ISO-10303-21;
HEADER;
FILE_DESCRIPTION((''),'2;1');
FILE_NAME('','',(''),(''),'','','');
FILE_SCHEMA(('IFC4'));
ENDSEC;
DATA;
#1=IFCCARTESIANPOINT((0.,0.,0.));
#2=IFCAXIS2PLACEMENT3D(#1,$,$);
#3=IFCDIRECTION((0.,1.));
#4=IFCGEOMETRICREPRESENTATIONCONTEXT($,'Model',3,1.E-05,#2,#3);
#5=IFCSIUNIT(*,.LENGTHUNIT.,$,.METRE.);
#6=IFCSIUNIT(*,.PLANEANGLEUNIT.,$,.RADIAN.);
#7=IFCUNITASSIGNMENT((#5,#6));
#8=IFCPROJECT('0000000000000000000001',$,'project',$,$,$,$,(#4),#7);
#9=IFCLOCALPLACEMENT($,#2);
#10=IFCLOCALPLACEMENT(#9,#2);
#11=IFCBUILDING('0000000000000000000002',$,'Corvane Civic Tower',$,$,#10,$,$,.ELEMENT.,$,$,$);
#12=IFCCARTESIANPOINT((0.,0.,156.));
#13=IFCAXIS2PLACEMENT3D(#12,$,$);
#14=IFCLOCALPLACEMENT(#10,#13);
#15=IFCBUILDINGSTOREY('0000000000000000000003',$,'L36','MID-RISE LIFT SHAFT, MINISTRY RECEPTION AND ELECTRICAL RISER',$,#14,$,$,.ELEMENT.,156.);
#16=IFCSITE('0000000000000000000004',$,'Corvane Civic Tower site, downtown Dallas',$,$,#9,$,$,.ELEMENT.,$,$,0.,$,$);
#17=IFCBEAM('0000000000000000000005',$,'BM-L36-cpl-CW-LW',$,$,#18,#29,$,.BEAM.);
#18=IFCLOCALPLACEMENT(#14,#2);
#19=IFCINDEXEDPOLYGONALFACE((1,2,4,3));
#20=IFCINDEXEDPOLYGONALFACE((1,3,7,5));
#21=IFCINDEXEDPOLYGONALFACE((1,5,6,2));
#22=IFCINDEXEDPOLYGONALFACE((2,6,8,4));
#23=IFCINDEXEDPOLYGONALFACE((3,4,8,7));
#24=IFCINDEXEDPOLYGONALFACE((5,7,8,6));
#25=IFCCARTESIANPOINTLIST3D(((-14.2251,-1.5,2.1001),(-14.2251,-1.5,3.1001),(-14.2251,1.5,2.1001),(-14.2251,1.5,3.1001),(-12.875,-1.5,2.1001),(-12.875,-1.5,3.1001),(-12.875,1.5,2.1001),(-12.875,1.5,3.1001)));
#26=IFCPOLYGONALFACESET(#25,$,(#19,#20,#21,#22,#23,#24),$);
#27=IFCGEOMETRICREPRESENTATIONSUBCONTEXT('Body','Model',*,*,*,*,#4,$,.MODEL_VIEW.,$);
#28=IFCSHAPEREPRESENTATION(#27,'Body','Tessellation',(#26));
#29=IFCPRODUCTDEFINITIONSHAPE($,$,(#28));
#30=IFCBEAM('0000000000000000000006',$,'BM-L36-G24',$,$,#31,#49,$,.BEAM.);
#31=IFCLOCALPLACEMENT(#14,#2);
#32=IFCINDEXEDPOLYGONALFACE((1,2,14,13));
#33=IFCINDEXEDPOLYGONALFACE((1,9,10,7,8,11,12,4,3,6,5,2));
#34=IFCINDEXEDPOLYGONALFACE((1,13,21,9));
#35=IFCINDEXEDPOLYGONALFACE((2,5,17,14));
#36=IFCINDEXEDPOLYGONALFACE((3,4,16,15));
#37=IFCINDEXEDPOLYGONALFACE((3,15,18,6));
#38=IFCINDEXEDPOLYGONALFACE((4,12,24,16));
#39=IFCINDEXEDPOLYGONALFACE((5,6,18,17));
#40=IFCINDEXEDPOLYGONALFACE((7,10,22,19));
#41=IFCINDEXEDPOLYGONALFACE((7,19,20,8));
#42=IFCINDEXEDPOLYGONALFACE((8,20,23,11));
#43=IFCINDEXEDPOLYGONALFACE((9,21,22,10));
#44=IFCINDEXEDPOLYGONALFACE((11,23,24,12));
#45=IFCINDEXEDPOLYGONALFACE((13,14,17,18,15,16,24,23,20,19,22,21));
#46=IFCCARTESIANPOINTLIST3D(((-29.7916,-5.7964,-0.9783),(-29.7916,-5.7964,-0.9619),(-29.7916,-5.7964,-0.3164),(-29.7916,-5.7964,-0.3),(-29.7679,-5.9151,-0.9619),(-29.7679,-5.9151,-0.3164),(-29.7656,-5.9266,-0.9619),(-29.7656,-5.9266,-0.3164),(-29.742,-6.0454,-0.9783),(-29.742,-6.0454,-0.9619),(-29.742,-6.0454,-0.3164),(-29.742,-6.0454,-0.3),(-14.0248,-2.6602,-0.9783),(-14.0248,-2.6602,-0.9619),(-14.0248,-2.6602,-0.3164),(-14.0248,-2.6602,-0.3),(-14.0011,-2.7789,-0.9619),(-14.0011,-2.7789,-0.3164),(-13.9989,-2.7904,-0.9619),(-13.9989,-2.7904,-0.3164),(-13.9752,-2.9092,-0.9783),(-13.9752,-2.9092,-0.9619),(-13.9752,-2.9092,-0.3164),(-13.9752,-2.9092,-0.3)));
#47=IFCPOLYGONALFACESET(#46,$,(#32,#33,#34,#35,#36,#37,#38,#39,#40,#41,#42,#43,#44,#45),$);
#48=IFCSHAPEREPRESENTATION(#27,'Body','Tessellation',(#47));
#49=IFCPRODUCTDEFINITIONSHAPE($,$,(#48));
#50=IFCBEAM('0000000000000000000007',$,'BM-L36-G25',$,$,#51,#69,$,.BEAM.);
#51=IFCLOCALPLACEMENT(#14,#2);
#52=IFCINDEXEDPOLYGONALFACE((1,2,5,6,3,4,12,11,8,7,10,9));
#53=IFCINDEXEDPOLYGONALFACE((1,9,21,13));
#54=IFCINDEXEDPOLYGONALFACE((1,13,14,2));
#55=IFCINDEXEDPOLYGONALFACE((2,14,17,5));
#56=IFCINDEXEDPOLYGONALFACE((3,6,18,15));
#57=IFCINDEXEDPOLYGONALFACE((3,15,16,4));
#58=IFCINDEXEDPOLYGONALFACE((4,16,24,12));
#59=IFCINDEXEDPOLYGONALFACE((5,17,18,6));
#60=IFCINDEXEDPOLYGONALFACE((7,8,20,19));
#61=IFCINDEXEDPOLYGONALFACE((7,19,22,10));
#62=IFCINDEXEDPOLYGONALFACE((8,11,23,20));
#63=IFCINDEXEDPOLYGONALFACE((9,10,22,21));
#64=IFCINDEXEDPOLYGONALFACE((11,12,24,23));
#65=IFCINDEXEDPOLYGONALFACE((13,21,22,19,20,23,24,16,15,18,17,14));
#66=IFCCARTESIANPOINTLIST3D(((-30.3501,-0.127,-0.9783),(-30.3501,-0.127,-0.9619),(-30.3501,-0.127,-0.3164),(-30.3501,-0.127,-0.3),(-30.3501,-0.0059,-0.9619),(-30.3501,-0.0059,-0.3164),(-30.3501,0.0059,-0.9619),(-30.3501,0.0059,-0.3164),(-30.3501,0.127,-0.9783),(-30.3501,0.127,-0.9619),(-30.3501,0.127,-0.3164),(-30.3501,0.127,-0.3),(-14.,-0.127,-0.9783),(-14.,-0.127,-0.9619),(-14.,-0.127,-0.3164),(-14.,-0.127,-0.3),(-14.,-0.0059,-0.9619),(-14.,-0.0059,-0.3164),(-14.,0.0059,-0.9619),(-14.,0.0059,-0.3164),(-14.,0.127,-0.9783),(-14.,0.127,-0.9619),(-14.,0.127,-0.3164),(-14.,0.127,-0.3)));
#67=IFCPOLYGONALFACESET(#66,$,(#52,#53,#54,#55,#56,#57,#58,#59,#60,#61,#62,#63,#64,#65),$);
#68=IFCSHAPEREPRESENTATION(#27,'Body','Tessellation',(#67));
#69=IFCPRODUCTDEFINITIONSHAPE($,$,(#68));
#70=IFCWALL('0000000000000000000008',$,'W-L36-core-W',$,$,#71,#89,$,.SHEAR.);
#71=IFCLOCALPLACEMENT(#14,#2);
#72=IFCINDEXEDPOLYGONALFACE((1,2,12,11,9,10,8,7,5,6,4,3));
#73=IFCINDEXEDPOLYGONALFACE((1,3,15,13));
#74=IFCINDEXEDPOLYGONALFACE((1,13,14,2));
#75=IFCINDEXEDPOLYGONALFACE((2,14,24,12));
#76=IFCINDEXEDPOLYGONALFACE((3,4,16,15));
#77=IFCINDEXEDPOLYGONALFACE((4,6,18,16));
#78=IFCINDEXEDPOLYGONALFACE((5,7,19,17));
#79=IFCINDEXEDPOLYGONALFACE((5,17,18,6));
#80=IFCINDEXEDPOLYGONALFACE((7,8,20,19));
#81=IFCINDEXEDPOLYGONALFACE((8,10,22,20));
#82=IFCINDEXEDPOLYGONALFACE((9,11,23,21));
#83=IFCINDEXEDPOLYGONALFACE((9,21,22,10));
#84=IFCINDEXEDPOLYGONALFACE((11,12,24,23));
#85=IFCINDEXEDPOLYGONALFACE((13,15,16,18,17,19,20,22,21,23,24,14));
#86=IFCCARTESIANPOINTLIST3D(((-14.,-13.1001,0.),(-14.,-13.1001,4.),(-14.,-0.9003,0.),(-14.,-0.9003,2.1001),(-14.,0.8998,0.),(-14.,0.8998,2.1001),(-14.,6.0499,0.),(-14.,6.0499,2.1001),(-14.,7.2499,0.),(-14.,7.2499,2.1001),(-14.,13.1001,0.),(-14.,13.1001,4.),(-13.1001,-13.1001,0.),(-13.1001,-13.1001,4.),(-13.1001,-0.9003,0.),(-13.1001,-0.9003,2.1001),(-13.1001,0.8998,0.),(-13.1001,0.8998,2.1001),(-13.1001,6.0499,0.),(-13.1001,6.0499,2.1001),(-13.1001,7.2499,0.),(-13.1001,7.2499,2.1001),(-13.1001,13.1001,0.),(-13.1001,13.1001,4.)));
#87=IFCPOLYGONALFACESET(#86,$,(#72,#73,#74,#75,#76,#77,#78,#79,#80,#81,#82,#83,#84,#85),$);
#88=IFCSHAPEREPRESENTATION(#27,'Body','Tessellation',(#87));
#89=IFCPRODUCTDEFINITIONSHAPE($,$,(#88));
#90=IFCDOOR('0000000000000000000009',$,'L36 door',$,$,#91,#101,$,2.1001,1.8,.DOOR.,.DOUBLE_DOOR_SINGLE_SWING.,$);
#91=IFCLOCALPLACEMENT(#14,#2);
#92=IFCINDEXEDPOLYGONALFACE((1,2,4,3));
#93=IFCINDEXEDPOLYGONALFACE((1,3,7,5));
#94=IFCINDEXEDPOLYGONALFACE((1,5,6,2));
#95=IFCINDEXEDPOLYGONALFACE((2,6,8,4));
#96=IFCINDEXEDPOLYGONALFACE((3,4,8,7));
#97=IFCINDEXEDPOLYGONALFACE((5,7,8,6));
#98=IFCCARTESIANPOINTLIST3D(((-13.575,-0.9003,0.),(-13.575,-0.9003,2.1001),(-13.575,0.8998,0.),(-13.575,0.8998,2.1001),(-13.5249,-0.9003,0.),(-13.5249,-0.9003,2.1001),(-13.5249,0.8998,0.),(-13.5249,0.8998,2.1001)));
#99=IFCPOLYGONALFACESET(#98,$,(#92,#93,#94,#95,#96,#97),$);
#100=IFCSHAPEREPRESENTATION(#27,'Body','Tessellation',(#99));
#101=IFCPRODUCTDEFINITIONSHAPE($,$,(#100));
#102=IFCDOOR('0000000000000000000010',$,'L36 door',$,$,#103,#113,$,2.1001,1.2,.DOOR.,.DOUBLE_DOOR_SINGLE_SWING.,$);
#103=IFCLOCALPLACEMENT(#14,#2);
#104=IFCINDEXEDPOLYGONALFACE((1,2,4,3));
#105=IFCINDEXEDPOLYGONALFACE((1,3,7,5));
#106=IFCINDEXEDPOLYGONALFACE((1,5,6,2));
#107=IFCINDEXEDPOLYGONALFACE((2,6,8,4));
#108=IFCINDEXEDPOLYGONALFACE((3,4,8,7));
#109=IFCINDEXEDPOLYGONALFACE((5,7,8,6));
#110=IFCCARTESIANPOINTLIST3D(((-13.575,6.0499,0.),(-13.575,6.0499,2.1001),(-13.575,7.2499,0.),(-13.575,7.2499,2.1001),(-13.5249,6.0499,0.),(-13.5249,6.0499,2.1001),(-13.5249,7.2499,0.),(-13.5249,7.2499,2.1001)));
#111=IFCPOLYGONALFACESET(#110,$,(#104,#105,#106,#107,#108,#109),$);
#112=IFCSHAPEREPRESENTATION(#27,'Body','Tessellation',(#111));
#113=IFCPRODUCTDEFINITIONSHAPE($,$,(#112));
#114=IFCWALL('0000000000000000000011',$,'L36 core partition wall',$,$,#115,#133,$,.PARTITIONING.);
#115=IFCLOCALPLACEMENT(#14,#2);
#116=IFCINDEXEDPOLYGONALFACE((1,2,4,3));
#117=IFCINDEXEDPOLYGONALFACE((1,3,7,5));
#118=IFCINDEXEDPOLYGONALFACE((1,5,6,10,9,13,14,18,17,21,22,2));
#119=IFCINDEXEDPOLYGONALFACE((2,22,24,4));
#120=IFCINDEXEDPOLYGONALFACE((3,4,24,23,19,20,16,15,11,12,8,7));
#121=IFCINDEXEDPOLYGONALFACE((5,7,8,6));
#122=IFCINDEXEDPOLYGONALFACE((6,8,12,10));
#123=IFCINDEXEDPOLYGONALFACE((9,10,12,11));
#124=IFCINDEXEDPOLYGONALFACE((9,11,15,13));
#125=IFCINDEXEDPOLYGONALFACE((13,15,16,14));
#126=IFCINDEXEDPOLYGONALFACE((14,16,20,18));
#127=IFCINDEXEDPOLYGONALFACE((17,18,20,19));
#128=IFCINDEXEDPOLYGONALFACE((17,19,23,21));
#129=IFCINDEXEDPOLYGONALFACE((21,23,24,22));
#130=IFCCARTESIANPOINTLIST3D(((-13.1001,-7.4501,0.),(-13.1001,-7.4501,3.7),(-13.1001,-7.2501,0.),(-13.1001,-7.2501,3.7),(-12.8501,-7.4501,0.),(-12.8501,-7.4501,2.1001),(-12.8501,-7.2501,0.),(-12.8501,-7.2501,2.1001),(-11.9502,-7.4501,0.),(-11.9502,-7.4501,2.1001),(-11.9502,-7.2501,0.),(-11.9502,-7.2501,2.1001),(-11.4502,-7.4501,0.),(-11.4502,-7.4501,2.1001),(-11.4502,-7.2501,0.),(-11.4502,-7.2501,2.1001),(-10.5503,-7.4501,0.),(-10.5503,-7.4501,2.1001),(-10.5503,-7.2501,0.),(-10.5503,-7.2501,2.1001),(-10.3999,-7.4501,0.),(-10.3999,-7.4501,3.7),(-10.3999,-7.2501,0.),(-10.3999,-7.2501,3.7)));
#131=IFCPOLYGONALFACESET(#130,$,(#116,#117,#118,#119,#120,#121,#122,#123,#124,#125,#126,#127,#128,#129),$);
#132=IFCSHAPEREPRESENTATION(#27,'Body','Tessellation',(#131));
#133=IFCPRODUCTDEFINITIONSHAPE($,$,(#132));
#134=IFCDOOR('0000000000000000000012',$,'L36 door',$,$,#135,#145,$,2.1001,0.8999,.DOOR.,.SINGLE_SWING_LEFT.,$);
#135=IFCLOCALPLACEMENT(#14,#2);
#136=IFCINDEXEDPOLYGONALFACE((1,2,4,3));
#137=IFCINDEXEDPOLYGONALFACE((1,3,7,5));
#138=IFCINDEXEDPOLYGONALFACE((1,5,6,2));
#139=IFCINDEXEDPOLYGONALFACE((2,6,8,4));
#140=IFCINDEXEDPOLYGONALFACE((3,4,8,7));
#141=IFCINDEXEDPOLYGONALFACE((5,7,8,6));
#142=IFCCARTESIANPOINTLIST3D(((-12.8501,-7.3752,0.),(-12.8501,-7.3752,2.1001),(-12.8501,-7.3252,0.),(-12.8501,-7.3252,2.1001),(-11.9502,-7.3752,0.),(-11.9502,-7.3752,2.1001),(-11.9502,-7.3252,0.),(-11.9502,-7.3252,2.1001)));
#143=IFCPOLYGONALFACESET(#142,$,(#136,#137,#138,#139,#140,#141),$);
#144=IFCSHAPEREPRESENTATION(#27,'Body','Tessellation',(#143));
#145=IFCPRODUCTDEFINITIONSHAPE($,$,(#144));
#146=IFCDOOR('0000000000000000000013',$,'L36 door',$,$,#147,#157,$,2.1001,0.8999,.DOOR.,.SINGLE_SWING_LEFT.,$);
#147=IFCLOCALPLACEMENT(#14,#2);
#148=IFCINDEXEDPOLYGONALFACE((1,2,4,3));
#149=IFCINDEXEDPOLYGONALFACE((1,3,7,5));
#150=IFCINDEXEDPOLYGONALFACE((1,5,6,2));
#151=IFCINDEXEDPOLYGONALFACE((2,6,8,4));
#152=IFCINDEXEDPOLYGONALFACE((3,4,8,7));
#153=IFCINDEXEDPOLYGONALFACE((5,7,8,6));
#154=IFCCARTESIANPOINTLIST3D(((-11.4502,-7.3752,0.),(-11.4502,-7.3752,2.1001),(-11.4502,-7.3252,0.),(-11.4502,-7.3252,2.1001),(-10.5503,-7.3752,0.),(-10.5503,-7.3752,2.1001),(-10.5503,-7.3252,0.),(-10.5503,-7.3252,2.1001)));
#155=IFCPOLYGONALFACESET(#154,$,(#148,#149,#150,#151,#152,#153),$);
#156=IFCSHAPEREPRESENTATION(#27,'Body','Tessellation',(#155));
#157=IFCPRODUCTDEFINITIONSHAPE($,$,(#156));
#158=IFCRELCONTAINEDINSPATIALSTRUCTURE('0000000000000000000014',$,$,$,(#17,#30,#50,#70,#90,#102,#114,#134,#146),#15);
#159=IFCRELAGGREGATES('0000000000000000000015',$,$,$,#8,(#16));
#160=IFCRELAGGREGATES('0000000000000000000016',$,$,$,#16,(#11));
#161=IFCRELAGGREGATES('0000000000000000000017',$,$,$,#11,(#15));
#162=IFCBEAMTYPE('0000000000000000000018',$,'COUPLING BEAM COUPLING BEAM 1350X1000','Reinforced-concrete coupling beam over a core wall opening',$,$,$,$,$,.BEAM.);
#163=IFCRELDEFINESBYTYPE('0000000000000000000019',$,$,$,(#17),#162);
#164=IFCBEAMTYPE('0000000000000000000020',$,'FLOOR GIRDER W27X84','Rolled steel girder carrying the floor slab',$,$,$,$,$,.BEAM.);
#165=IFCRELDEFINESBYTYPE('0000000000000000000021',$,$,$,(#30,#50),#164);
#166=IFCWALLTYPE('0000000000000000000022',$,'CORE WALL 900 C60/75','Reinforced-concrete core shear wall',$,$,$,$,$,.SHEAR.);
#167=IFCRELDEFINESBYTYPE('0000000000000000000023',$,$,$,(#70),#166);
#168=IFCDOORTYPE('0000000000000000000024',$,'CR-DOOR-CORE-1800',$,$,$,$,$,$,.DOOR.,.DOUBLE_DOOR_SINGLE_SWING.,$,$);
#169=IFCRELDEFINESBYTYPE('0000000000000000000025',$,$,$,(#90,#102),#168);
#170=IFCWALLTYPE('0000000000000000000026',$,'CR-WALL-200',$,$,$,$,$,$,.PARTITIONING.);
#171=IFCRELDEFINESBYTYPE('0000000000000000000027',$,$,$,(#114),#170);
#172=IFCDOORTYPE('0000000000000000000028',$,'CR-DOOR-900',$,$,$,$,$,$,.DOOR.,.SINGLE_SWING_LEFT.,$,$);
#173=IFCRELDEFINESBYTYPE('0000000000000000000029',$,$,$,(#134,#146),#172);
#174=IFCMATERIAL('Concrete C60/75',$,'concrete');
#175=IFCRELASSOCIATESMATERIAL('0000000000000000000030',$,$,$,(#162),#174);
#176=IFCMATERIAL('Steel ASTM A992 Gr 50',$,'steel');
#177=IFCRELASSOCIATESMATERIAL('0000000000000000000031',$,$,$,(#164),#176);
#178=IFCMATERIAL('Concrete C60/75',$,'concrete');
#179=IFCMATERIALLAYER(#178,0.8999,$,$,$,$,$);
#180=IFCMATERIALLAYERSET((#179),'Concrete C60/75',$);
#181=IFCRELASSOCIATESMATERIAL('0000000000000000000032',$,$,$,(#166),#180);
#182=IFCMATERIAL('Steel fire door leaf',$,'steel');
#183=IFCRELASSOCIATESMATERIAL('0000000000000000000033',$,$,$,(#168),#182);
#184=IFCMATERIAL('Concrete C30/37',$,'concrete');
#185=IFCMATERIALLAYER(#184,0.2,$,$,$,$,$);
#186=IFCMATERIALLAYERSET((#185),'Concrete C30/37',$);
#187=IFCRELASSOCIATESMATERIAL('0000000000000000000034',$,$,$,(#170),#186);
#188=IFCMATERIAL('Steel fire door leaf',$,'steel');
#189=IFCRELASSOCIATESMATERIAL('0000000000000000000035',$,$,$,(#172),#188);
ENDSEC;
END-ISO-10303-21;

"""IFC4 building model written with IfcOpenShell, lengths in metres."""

from ifc_helpers import new_model, si_unit, direction, frame, frame_2d, origin, origin_2d, place, context, subcontext, project, spatial, rectangle, i_section, extrude, material, layer, layer_set, material_profile, profile_set, type_object, element, fill, save


model = new_model("IFC4")

# Units and contexts
model_context = context("Model", 3, precision=1e-05, world=origin(), true_north=direction((0.0, 1.0)))
body_context = subcontext(model_context, "Body", "Model", "MODEL_VIEW")
ifc_project = project(units=[si_unit("LENGTHUNIT", "METRE"), si_unit("PLANEANGLEUNIT", "RADIAN")], contexts=[model_context])

# Site, building, storey
site_placement = place(None, origin())
site = spatial("IfcSite", under=ifc_project, at=site_placement, Name="Corvane Civic Tower site, downtown Dallas", CompositionType="ELEMENT", RefElevation=0.0)
building_placement = place(site_placement, origin())
building = spatial("IfcBuilding", under=site, at=building_placement, Name="Corvane Civic Tower", CompositionType="ELEMENT")
storey_placement = place(building_placement, frame((0.0, 0.0, 156.0)))
storey = spatial("IfcBuildingStorey", under=building, at=storey_placement, Name="L36", Description="MID-RISE LIFT SHAFT, MINISTRY RECEPTION AND ELECTRICAL RISER", CompositionType="ELEMENT", Elevation=156.0)

# Beams
ifc_material_1 = material(Name="Concrete C60/75", Category="concrete")
ifc_material_profile_1 = material_profile(ifc_material_1, rectangle(XDim=1.3501, YDim=1.0, at=origin_2d()), Name="COUPLING BEAM 1350X1000")
ifc_profile_set_1 = profile_set([ifc_material_profile_1], Name="Concrete C60/75")
beam_type_1 = type_object("IfcBeamType", Name="COUPLING BEAM COUPLING BEAM 1350X1000", Description="Reinforced-concrete coupling beam over a core wall opening", PredefinedType="BEAM", material=ifc_profile_set_1)
beam_1_placement = place(storey_placement, frame((-13.55, -1.5, 2.6001), z_axis=(0.0, 1.0, 0.0), x_axis=(-1.0, 0.0, 0.0)))
element("IfcBeam", 1, at=beam_1_placement, inside=storey, type_object=beam_type_1, Name="BM-L36-cpl-CW-LW", PredefinedType="BEAM", context=body_context, shape_type="SweptSolid", body=[
    extrude(rectangle(XDim=1.3501, YDim=1.0, at=origin_2d()), origin(), (0.0, 0.0, 1.0), 3.0),
])
ifc_material_2 = material(Name="Steel ASTM A992 Gr 50", Category="steel")
ifc_material_profile_2 = material_profile(ifc_material_2, i_section(OverallWidth=0.2539, OverallDepth=0.6782, WebThickness=0.0117, FlangeThickness=0.0164, at=origin_2d()), Name="W27X84")
ifc_profile_set_2 = profile_set([ifc_material_profile_2], Name="Steel ASTM A992 Gr 50")
beam_type_2 = type_object("IfcBeamType", Name="FLOOR GIRDER W27X84", Description="Rolled steel girder carrying the floor slab", PredefinedType="BEAM", material=ifc_profile_set_2)
beam_2_placement = place(storey_placement, frame((-14.0, -2.7847, -0.6392), z_axis=(-0.980785, -0.195091, 0.0), x_axis=(0.195091, -0.980785, 0.0)))
element("IfcBeam", 2, at=beam_2_placement, inside=storey, type_object=beam_type_2, Name="BM-L36-G24", PredefinedType="BEAM", context=body_context, shape_type="SweptSolid", body=[
    extrude(i_section(OverallWidth=0.2539, OverallDepth=0.6782, WebThickness=0.0117, FlangeThickness=0.0164, at=origin_2d()), origin(), (0.0, 0.0, 1.0), 16.0757),
])
beam_3_placement = place(storey_placement, frame((-14.0, 0.0, -0.6392), z_axis=(-1.0, 0.0, 0.0), x_axis=(0.0, -1.0, 0.0)))
element("IfcBeam", 3, at=beam_3_placement, inside=storey, type_object=beam_type_2, Name="BM-L36-G25", PredefinedType="BEAM", context=body_context, shape_type="SweptSolid", body=[
    extrude(i_section(OverallWidth=0.2539, OverallDepth=0.6782, WebThickness=0.0117, FlangeThickness=0.0164, at=origin_2d()), origin(), (0.0, 0.0, 1.0), 16.3501),
])

# Walls, openings, doors
ifc_material_3 = material(Name="Concrete C60/75", Category="concrete")
ifc_layer_1 = layer(ifc_material_3, 0.8999)
ifc_layer_set_1 = layer_set([ifc_layer_1], Name="Concrete C60/75")
wall_type_1 = type_object("IfcWallType", Name="CORE WALL 900 C60/75", Description="Reinforced-concrete core shear wall", PredefinedType="SHEAR", material=ifc_layer_set_1)
wall_1_placement = place(storey_placement, frame((-13.55, -13.1001, 0.0), z_axis=(0.0, 0.0, 1.0), x_axis=(0.0, 1.0, 0.0)))
wall_1 = element("IfcWall", 4, at=wall_1_placement, inside=storey, type_object=wall_type_1, Name="W-L36-core-W", PredefinedType="SHEAR", context=body_context, shape_type="SweptSolid", body=[
    extrude(rectangle(XDim=26.2002, YDim=0.8999, at=frame_2d((13.1001, 0.0))), origin(), (0.0, 0.0, 1.0), 4.0),
])
opening_1_placement = place(wall_1_placement, frame((12.2, 0.0, 0.0)))
opening_1 = element("IfcOpeningElement", 5, at=opening_1_placement, cuts=wall_1, PredefinedType="OPENING", context=body_context, shape_type="SweptSolid", body=[
    extrude(rectangle(XDim=1.8, YDim=2.1001, at=frame_2d((0.8999, 1.05))), frame((0.0, 0.46, 0.0), z_axis=(0.0, -1.0, 0.0), x_axis=(1.0, 0.0, 0.0)), (0.0, 0.0, 1.0), 0.9199),
])
opening_2_placement = place(wall_1_placement, frame((19.1499, 0.0, 0.0)))
opening_2 = element("IfcOpeningElement", 6, at=opening_2_placement, cuts=wall_1, PredefinedType="OPENING", context=body_context, shape_type="SweptSolid", body=[
    extrude(rectangle(XDim=1.2, YDim=2.1001, at=frame_2d((0.6001, 1.05))), frame((0.0, 0.46, 0.0), z_axis=(0.0, -1.0, 0.0), x_axis=(1.0, 0.0, 0.0)), (0.0, 0.0, 1.0), 0.9199),
])
ifc_material_4 = material(Name="Steel fire door leaf", Category="steel")
door_type_1 = type_object("IfcDoorType", Name="CR-DOOR-CORE-1800", OperationType="DOUBLE_DOOR_SINGLE_SWING", PredefinedType="DOOR", material=ifc_material_4)
door_1_placement = place(opening_1_placement, origin())
door_1 = element("IfcDoor", 7, at=door_1_placement, inside=storey, type_object=door_type_1, Name="L36 door", OperationType="DOUBLE_DOOR_SINGLE_SWING", OverallHeight=2.1001, OverallWidth=1.8, PredefinedType="DOOR", context=body_context, shape_type="SweptSolid", body=[
    extrude(rectangle(XDim=1.8, YDim=2.1001, at=frame_2d((0.8999, 1.05))), frame((0.0, 0.0249, 0.0), z_axis=(0.0, -1.0, 0.0), x_axis=(1.0, 0.0, 0.0)), (0.0, 0.0, 1.0), 0.05),
])
fill(opening_1, door_1)
door_2_placement = place(opening_2_placement, origin())
door_2 = element("IfcDoor", 8, at=door_2_placement, inside=storey, type_object=door_type_1, Name="L36 door", OperationType="DOUBLE_DOOR_SINGLE_SWING", OverallHeight=2.1001, OverallWidth=1.2, PredefinedType="DOOR", context=body_context, shape_type="SweptSolid", body=[
    extrude(rectangle(XDim=1.2, YDim=2.1001, at=frame_2d((0.6001, 1.05))), frame((0.0, 0.0249, 0.0), z_axis=(0.0, -1.0, 0.0), x_axis=(1.0, 0.0, 0.0)), (0.0, 0.0, 1.0), 0.05),
])
fill(opening_2, door_2)
ifc_material_5 = material(Name="Concrete C30/37", Category="concrete")
ifc_layer_2 = layer(ifc_material_5, 0.2)
ifc_layer_set_2 = layer_set([ifc_layer_2], Name="Concrete C30/37")
wall_type_2 = type_object("IfcWallType", Name="CR-WALL-200", PredefinedType="PARTITIONING", material=ifc_layer_set_2)
wall_2_placement = place(storey_placement, frame((-13.1001, -7.3501, 0.0), z_axis=(0.0, 0.0, 1.0), x_axis=(1.0, 0.0, 0.0)))
wall_2 = element("IfcWall", 9, at=wall_2_placement, inside=storey, type_object=wall_type_2, Name="L36 core partition wall", PredefinedType="PARTITIONING", context=body_context, shape_type="SweptSolid", body=[
    extrude(rectangle(XDim=2.7002, YDim=0.2, at=frame_2d((1.3501, 0.0))), origin(), (0.0, 0.0, 1.0), 3.7),
])
opening_3_placement = place(wall_2_placement, frame((0.25, 0.0, 0.0)))
opening_3 = element("IfcOpeningElement", 10, at=opening_3_placement, cuts=wall_2, PredefinedType="OPENING", context=body_context, shape_type="SweptSolid", body=[
    extrude(rectangle(XDim=0.8999, YDim=2.1001, at=frame_2d((0.45, 1.05))), frame((0.0, 0.1099, 0.0), z_axis=(0.0, -1.0, 0.0), x_axis=(1.0, 0.0, 0.0)), (0.0, 0.0, 1.0), 0.22),
])
opening_4_placement = place(wall_2_placement, frame((1.6499, 0.0, 0.0)))
opening_4 = element("IfcOpeningElement", 11, at=opening_4_placement, cuts=wall_2, PredefinedType="OPENING", context=body_context, shape_type="SweptSolid", body=[
    extrude(rectangle(XDim=0.8999, YDim=2.1001, at=frame_2d((0.45, 1.05))), frame((0.0, 0.1099, 0.0), z_axis=(0.0, -1.0, 0.0), x_axis=(1.0, 0.0, 0.0)), (0.0, 0.0, 1.0), 0.22),
])
ifc_material_6 = material(Name="Steel fire door leaf", Category="steel")
door_type_2 = type_object("IfcDoorType", Name="CR-DOOR-900", OperationType="SINGLE_SWING_LEFT", PredefinedType="DOOR", material=ifc_material_6)
door_3_placement = place(opening_3_placement, origin())
door_3 = element("IfcDoor", 12, at=door_3_placement, inside=storey, type_object=door_type_2, Name="L36 door", OperationType="SINGLE_SWING_LEFT", OverallHeight=2.1001, OverallWidth=0.8999, PredefinedType="DOOR", context=body_context, shape_type="SweptSolid", body=[
    extrude(rectangle(XDim=0.8999, YDim=2.1001, at=frame_2d((0.45, 1.05))), frame((0.0, 0.0249, 0.0), z_axis=(0.0, -1.0, 0.0), x_axis=(1.0, 0.0, 0.0)), (0.0, 0.0, 1.0), 0.05),
])
fill(opening_3, door_3)
door_4_placement = place(opening_4_placement, origin())
door_4 = element("IfcDoor", 13, at=door_4_placement, inside=storey, type_object=door_type_2, Name="L36 door", OperationType="SINGLE_SWING_LEFT", OverallHeight=2.1001, OverallWidth=0.8999, PredefinedType="DOOR", context=body_context, shape_type="SweptSolid", body=[
    extrude(rectangle(XDim=0.8999, YDim=2.1001, at=frame_2d((0.45, 1.05))), frame((0.0, 0.0249, 0.0), z_axis=(0.0, -1.0, 0.0), x_axis=(1.0, 0.0, 0.0)), (0.0, 0.0, 1.0), 0.05),
])
fill(opening_4, door_4)

save(model, "model.ifc")
